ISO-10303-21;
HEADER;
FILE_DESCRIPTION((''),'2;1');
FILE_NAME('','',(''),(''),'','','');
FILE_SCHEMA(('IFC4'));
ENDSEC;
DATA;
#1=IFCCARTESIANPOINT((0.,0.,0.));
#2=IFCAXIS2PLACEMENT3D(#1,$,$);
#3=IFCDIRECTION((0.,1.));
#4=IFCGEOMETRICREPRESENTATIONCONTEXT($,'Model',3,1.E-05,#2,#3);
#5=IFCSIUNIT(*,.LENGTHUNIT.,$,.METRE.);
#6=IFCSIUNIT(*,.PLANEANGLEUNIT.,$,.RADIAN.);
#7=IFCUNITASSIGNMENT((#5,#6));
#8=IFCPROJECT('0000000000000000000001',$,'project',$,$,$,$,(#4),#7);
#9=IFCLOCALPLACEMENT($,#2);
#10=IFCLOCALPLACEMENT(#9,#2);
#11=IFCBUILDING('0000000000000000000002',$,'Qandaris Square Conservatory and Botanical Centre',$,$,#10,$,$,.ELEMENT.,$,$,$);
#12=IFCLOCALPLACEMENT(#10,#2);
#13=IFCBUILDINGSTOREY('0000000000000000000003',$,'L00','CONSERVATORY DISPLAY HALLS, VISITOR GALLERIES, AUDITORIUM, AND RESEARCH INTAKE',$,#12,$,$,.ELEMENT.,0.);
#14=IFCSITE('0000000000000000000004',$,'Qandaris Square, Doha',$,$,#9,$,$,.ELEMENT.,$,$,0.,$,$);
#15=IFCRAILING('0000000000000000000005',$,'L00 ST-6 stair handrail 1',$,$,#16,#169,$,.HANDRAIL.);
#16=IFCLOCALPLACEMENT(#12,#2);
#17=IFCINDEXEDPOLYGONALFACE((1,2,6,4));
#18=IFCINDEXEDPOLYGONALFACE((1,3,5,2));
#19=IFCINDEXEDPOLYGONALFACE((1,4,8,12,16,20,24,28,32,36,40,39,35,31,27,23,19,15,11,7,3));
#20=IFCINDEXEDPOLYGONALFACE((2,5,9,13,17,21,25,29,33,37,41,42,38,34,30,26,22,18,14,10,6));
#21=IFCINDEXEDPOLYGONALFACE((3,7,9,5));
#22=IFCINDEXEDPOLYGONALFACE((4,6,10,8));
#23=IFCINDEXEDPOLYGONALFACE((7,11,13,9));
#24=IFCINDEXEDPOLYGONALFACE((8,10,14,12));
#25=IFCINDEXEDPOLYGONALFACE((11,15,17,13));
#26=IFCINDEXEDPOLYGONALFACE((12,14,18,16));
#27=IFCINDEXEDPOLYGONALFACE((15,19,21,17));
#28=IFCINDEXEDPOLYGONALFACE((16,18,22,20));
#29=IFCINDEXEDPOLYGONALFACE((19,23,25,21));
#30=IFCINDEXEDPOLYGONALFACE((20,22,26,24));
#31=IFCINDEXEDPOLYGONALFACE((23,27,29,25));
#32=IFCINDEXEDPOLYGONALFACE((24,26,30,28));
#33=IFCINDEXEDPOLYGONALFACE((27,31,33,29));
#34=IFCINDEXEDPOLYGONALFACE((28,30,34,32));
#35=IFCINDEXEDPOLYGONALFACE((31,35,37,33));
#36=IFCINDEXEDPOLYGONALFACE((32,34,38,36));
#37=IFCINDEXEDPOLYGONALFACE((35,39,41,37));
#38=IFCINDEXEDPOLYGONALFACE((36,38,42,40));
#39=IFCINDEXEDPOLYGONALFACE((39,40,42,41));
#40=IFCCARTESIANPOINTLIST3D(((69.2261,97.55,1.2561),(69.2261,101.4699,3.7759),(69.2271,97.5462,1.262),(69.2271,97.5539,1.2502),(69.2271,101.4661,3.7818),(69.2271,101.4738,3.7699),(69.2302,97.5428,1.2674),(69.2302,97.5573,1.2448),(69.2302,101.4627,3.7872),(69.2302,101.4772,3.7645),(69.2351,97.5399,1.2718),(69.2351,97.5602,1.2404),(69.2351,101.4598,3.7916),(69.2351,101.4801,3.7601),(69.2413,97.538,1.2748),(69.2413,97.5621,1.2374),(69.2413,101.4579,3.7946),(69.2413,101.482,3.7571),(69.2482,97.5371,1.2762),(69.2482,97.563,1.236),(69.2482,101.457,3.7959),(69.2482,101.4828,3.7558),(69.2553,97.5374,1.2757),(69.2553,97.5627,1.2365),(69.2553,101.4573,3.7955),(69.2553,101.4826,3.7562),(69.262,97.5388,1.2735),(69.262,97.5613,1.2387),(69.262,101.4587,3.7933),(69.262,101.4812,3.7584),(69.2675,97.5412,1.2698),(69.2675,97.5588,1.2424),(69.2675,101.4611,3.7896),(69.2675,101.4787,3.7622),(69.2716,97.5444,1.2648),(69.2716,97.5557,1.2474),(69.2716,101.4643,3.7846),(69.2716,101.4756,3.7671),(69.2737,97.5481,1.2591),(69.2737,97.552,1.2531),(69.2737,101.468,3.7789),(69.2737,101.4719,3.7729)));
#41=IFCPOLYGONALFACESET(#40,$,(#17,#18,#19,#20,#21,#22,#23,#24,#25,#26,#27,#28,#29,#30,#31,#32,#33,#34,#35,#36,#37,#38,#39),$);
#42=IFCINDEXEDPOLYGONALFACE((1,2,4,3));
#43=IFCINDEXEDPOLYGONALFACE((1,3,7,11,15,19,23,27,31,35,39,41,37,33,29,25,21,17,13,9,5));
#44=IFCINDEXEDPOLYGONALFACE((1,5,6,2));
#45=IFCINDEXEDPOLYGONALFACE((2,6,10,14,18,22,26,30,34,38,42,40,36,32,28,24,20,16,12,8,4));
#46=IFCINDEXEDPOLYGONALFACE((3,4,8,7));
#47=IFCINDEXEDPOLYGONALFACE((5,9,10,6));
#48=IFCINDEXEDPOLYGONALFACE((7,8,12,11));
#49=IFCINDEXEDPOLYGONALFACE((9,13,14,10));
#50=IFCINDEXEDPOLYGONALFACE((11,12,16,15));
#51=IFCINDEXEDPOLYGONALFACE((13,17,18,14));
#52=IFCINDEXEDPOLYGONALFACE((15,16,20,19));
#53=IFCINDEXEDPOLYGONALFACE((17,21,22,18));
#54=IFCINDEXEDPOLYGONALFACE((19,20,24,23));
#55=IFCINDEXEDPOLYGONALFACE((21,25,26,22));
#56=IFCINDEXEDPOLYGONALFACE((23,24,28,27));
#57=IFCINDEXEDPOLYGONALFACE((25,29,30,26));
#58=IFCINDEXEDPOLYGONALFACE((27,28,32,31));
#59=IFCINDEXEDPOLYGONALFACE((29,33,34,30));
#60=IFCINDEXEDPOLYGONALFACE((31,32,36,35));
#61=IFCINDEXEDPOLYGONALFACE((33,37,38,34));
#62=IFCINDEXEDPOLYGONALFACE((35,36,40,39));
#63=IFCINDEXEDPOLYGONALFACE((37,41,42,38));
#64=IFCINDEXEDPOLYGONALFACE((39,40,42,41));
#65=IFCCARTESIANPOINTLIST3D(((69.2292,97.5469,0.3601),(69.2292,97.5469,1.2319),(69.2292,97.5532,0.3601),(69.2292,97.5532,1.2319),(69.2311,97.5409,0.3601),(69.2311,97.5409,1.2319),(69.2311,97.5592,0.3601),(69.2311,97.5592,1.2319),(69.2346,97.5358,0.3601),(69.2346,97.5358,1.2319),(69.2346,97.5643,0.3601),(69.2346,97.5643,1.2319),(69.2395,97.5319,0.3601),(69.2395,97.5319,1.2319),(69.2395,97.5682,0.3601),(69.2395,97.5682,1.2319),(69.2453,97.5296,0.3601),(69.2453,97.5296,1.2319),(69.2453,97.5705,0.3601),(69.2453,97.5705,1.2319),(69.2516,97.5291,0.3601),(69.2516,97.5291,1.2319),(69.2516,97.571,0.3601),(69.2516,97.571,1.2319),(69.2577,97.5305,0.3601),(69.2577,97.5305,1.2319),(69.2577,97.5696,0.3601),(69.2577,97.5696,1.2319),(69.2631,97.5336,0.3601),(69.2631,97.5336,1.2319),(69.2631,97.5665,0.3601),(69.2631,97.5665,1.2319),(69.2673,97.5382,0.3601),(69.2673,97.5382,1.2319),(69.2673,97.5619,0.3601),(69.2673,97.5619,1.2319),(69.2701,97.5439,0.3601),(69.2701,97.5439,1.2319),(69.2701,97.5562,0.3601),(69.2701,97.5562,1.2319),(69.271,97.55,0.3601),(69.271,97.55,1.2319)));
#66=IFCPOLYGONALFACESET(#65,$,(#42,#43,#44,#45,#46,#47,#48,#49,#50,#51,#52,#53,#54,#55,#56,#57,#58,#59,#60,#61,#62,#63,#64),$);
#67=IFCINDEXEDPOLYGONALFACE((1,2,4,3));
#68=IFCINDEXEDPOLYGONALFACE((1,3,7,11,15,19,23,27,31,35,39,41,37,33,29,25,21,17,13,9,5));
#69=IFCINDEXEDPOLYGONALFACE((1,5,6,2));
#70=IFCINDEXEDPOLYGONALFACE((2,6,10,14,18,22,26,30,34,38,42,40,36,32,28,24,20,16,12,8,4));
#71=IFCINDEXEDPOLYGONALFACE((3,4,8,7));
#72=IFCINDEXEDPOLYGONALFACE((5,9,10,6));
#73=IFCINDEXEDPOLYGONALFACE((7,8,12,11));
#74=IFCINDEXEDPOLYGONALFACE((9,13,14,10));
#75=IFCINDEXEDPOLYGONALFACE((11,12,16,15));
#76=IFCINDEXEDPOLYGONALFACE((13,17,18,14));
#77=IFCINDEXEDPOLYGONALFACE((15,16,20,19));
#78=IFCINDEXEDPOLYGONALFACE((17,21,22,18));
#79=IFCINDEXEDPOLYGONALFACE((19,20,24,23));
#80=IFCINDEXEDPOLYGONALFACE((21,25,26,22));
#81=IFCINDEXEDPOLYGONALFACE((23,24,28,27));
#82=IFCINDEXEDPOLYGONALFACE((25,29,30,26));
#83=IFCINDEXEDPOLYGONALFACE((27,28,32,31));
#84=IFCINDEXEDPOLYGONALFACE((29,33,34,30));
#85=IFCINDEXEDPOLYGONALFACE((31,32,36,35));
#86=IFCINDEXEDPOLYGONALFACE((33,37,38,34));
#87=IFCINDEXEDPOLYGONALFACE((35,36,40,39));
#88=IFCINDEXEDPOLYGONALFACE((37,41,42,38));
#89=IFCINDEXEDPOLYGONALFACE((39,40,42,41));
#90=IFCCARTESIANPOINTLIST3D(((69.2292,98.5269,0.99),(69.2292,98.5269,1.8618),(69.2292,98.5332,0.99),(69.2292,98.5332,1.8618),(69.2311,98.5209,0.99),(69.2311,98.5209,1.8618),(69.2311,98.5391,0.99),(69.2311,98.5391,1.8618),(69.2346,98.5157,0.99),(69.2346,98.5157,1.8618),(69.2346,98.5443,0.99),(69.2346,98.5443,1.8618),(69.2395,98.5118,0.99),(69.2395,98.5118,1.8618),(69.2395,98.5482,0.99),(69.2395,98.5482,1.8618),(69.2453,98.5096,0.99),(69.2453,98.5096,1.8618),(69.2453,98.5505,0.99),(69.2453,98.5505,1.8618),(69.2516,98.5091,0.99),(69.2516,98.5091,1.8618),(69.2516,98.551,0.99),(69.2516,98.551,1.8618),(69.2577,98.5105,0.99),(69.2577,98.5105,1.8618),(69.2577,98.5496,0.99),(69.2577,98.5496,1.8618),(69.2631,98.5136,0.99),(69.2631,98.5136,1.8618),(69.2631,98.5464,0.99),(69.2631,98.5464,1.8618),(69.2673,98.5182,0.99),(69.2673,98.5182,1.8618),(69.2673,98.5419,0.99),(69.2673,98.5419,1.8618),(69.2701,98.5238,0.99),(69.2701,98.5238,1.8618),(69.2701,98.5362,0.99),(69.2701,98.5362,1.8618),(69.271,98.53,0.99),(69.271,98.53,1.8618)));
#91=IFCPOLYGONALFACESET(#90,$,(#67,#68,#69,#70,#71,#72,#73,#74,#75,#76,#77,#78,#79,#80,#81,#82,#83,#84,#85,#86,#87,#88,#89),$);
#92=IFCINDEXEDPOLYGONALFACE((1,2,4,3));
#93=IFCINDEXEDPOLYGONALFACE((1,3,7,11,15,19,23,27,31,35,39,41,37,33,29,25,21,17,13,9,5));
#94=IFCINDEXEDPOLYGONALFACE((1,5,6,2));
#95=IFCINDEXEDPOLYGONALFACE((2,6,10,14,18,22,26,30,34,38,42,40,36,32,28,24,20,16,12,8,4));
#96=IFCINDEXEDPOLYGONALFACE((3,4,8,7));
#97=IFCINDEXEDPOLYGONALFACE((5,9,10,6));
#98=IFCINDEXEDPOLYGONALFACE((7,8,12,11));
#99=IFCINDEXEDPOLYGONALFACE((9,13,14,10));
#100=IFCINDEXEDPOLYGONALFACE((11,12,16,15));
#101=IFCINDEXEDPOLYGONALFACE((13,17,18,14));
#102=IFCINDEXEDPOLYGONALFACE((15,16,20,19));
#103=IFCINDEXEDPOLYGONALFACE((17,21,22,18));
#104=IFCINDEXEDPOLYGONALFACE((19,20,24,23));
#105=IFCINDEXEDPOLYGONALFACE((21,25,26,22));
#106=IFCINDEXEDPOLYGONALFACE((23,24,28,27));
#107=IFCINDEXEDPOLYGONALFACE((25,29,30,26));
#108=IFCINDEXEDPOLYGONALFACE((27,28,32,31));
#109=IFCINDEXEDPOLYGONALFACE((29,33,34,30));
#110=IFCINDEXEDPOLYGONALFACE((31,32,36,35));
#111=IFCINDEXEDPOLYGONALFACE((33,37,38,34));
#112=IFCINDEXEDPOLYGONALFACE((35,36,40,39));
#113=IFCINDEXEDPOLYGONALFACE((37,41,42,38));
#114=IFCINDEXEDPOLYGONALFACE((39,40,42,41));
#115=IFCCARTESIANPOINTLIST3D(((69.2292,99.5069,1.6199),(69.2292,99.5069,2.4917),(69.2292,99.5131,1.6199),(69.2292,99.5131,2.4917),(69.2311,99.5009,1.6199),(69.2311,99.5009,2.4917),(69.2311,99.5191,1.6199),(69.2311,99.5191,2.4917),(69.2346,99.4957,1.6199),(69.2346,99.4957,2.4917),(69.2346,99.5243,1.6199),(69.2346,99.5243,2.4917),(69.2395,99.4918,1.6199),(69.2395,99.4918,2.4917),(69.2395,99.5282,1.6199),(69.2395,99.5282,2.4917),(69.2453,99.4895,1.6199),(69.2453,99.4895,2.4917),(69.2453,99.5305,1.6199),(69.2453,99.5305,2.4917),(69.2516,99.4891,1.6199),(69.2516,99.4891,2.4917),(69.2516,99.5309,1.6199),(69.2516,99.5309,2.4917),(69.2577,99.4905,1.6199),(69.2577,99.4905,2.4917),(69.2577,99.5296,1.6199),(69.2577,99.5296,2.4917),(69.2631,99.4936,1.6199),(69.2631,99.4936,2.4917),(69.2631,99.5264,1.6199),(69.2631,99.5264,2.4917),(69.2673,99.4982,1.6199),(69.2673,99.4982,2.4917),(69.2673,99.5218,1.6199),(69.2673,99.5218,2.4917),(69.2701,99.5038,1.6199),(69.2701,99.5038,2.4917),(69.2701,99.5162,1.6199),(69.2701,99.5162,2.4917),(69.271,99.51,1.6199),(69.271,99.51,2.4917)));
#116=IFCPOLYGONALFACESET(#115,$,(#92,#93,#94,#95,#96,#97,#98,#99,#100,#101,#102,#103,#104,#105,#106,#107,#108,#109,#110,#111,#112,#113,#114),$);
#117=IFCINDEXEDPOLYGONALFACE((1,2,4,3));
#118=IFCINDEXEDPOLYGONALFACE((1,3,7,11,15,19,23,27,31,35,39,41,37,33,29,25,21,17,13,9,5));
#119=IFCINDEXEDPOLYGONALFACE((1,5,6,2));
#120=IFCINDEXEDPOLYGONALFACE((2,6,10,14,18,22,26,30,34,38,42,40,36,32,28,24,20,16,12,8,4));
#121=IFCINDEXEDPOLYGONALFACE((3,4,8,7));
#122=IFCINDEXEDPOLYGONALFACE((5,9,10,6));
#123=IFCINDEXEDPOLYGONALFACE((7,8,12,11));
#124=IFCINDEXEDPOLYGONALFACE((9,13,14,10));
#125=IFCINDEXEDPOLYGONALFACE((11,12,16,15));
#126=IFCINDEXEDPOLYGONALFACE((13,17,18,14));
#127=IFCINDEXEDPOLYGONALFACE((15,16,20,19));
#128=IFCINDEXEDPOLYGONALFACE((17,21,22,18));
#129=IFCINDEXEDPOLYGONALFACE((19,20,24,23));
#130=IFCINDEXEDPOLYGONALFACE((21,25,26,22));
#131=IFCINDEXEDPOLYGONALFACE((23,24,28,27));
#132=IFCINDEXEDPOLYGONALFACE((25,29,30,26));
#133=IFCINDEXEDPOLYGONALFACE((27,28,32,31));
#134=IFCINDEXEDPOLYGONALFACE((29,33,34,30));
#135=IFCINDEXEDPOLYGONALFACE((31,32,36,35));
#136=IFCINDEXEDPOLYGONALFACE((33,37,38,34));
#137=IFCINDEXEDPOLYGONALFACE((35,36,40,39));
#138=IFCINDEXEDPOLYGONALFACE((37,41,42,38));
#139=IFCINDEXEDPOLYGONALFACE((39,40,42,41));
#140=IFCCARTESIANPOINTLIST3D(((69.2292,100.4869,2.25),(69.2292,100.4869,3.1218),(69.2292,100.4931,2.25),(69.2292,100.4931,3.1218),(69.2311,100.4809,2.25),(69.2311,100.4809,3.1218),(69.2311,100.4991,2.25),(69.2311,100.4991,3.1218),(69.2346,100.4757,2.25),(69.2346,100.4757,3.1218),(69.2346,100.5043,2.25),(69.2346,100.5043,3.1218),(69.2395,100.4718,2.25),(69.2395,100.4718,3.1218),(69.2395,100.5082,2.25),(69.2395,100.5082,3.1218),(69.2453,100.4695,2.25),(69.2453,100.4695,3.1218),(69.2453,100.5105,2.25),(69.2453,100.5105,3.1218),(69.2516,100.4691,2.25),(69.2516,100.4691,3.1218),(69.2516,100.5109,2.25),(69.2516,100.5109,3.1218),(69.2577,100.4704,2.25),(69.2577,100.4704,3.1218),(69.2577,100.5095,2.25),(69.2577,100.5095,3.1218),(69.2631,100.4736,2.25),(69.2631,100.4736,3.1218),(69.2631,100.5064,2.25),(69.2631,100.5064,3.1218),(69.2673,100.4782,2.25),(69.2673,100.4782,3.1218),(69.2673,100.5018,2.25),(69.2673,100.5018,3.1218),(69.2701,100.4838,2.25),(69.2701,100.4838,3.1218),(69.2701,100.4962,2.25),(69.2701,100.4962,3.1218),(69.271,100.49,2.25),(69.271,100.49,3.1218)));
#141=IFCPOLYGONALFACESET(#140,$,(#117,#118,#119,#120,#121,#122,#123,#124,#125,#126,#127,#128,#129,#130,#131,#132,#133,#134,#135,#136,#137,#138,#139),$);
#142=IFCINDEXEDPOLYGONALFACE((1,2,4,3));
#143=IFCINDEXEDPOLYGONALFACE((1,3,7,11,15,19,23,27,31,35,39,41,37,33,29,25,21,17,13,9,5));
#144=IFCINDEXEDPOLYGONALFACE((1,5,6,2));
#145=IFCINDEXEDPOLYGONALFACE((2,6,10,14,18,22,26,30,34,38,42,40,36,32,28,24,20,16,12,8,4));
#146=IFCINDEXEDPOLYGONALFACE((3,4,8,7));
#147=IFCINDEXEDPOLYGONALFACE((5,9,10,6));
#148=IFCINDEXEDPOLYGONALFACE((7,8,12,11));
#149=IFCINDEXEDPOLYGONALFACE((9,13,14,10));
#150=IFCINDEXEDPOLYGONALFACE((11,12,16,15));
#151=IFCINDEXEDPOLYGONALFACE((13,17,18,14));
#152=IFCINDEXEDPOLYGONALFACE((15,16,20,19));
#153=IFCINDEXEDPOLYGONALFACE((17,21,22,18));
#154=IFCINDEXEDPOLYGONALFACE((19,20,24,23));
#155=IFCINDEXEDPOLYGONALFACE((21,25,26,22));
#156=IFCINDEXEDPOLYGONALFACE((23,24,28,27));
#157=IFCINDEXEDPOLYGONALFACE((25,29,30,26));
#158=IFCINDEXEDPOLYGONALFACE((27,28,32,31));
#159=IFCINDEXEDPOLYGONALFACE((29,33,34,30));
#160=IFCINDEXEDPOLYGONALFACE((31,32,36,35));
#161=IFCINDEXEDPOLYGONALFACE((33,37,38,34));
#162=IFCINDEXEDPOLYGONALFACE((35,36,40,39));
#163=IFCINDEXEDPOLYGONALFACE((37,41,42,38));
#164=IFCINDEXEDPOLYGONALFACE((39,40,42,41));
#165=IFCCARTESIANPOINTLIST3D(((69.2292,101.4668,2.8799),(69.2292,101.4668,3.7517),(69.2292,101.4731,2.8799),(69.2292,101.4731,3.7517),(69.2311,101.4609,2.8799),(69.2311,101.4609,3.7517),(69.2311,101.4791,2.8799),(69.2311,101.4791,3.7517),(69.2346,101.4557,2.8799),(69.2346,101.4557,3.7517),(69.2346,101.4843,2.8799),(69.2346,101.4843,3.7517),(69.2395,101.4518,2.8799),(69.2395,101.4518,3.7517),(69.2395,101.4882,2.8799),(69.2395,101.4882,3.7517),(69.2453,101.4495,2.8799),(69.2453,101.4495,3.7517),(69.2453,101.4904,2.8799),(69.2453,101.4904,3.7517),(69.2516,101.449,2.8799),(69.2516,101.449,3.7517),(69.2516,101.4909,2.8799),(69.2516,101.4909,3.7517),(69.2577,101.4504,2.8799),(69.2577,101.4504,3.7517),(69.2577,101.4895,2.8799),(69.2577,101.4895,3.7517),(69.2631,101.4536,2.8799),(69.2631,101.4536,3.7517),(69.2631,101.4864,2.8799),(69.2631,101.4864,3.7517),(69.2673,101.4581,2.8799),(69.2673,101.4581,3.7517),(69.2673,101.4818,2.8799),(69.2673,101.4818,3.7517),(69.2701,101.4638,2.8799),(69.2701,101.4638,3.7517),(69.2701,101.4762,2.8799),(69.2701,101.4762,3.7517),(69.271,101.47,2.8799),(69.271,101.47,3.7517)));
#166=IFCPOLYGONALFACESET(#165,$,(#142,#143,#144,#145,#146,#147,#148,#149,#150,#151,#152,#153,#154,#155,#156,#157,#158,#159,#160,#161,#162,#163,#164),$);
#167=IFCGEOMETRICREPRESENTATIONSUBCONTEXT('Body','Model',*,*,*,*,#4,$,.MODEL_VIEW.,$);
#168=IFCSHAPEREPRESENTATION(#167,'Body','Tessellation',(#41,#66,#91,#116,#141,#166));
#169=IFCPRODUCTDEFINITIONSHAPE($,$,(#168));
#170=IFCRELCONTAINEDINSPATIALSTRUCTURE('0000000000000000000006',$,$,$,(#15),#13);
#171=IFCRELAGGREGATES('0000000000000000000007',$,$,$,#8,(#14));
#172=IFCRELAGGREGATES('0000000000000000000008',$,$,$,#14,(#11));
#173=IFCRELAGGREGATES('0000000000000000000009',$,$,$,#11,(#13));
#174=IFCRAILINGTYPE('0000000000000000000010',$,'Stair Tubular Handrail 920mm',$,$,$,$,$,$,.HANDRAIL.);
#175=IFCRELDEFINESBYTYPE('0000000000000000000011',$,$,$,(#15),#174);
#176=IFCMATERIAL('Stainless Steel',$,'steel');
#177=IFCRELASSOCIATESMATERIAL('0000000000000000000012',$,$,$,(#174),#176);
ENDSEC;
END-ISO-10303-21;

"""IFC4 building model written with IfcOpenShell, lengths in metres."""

from ifc_helpers import new_model, si_unit, direction, frame, origin, origin_2d, place, context, subcontext, project, spatial, circle, extrude, material, type_object, element, save


model = new_model("IFC4")

# Units and contexts
model_context = context("Model", 3, precision=1e-05, world=origin(), true_north=direction((0.0, 1.0)))
body_context = subcontext(model_context, "Body", "Model", "MODEL_VIEW")
ifc_project = project(units=[si_unit("LENGTHUNIT", "METRE"), si_unit("PLANEANGLEUNIT", "RADIAN")], contexts=[model_context])

# Site, building, storey
site_placement = place(None, origin())
site = spatial("IfcSite", under=ifc_project, at=site_placement, Name="Qandaris Square, Doha", CompositionType="ELEMENT", RefElevation=0.0)
building_placement = place(site_placement, origin())
building = spatial("IfcBuilding", under=site, at=building_placement, Name="Qandaris Square Conservatory and Botanical Centre", CompositionType="ELEMENT")
storey_placement = place(building_placement, origin())
storey = spatial("IfcBuildingStorey", under=building, at=storey_placement, Name="L00", Description="CONSERVATORY DISPLAY HALLS, VISITOR GALLERIES, AUDITORIUM, AND RESEARCH INTAKE", CompositionType="ELEMENT", Elevation=0.0)

# Railing
ifc_material_1 = material(Name="Stainless Steel", Category="steel")
railing_type_1 = type_object("IfcRailingType", Name="Stair Tubular Handrail 920mm", PredefinedType="HANDRAIL", material=ifc_material_1)
railing_1_placement = place(storey_placement, frame((69.25, 97.55, 0.3601)))
element("IfcRailing", 1, at=railing_1_placement, inside=storey, type_object=railing_type_1, Name="L00 ST-6 stair handrail 1", PredefinedType="HANDRAIL", context=body_context, shape_type="SweptSolid", body=[
    extrude(circle(Radius=0.0239, at=origin_2d()), frame((0.0, 0.0, 0.896), z_axis=(0.0, 0.841195, 0.540731), x_axis=(-1.0, 0.0, 0.0)), (0.0, 0.0, 1.0), 4.6599),
    extrude(circle(Radius=0.021, at=origin_2d()), origin(), (0.0, 0.0, 1.0), 0.8718),
    extrude(circle(Radius=0.021, at=origin_2d()), frame((0.0, 0.98, 0.6299)), (0.0, 0.0, 1.0), 0.8718),
    extrude(circle(Radius=0.021, at=origin_2d()), frame((0.0, 1.96, 1.2598)), (0.0, 0.0, 1.0), 0.8718),
    extrude(circle(Radius=0.021, at=origin_2d()), frame((0.0, 2.9399, 1.8899)), (0.0, 0.0, 1.0), 0.8718),
    extrude(circle(Radius=0.021, at=origin_2d()), frame((0.0, 3.9199, 2.5198)), (0.0, 0.0, 1.0), 0.8718),
])

save(model, "model.ifc")
